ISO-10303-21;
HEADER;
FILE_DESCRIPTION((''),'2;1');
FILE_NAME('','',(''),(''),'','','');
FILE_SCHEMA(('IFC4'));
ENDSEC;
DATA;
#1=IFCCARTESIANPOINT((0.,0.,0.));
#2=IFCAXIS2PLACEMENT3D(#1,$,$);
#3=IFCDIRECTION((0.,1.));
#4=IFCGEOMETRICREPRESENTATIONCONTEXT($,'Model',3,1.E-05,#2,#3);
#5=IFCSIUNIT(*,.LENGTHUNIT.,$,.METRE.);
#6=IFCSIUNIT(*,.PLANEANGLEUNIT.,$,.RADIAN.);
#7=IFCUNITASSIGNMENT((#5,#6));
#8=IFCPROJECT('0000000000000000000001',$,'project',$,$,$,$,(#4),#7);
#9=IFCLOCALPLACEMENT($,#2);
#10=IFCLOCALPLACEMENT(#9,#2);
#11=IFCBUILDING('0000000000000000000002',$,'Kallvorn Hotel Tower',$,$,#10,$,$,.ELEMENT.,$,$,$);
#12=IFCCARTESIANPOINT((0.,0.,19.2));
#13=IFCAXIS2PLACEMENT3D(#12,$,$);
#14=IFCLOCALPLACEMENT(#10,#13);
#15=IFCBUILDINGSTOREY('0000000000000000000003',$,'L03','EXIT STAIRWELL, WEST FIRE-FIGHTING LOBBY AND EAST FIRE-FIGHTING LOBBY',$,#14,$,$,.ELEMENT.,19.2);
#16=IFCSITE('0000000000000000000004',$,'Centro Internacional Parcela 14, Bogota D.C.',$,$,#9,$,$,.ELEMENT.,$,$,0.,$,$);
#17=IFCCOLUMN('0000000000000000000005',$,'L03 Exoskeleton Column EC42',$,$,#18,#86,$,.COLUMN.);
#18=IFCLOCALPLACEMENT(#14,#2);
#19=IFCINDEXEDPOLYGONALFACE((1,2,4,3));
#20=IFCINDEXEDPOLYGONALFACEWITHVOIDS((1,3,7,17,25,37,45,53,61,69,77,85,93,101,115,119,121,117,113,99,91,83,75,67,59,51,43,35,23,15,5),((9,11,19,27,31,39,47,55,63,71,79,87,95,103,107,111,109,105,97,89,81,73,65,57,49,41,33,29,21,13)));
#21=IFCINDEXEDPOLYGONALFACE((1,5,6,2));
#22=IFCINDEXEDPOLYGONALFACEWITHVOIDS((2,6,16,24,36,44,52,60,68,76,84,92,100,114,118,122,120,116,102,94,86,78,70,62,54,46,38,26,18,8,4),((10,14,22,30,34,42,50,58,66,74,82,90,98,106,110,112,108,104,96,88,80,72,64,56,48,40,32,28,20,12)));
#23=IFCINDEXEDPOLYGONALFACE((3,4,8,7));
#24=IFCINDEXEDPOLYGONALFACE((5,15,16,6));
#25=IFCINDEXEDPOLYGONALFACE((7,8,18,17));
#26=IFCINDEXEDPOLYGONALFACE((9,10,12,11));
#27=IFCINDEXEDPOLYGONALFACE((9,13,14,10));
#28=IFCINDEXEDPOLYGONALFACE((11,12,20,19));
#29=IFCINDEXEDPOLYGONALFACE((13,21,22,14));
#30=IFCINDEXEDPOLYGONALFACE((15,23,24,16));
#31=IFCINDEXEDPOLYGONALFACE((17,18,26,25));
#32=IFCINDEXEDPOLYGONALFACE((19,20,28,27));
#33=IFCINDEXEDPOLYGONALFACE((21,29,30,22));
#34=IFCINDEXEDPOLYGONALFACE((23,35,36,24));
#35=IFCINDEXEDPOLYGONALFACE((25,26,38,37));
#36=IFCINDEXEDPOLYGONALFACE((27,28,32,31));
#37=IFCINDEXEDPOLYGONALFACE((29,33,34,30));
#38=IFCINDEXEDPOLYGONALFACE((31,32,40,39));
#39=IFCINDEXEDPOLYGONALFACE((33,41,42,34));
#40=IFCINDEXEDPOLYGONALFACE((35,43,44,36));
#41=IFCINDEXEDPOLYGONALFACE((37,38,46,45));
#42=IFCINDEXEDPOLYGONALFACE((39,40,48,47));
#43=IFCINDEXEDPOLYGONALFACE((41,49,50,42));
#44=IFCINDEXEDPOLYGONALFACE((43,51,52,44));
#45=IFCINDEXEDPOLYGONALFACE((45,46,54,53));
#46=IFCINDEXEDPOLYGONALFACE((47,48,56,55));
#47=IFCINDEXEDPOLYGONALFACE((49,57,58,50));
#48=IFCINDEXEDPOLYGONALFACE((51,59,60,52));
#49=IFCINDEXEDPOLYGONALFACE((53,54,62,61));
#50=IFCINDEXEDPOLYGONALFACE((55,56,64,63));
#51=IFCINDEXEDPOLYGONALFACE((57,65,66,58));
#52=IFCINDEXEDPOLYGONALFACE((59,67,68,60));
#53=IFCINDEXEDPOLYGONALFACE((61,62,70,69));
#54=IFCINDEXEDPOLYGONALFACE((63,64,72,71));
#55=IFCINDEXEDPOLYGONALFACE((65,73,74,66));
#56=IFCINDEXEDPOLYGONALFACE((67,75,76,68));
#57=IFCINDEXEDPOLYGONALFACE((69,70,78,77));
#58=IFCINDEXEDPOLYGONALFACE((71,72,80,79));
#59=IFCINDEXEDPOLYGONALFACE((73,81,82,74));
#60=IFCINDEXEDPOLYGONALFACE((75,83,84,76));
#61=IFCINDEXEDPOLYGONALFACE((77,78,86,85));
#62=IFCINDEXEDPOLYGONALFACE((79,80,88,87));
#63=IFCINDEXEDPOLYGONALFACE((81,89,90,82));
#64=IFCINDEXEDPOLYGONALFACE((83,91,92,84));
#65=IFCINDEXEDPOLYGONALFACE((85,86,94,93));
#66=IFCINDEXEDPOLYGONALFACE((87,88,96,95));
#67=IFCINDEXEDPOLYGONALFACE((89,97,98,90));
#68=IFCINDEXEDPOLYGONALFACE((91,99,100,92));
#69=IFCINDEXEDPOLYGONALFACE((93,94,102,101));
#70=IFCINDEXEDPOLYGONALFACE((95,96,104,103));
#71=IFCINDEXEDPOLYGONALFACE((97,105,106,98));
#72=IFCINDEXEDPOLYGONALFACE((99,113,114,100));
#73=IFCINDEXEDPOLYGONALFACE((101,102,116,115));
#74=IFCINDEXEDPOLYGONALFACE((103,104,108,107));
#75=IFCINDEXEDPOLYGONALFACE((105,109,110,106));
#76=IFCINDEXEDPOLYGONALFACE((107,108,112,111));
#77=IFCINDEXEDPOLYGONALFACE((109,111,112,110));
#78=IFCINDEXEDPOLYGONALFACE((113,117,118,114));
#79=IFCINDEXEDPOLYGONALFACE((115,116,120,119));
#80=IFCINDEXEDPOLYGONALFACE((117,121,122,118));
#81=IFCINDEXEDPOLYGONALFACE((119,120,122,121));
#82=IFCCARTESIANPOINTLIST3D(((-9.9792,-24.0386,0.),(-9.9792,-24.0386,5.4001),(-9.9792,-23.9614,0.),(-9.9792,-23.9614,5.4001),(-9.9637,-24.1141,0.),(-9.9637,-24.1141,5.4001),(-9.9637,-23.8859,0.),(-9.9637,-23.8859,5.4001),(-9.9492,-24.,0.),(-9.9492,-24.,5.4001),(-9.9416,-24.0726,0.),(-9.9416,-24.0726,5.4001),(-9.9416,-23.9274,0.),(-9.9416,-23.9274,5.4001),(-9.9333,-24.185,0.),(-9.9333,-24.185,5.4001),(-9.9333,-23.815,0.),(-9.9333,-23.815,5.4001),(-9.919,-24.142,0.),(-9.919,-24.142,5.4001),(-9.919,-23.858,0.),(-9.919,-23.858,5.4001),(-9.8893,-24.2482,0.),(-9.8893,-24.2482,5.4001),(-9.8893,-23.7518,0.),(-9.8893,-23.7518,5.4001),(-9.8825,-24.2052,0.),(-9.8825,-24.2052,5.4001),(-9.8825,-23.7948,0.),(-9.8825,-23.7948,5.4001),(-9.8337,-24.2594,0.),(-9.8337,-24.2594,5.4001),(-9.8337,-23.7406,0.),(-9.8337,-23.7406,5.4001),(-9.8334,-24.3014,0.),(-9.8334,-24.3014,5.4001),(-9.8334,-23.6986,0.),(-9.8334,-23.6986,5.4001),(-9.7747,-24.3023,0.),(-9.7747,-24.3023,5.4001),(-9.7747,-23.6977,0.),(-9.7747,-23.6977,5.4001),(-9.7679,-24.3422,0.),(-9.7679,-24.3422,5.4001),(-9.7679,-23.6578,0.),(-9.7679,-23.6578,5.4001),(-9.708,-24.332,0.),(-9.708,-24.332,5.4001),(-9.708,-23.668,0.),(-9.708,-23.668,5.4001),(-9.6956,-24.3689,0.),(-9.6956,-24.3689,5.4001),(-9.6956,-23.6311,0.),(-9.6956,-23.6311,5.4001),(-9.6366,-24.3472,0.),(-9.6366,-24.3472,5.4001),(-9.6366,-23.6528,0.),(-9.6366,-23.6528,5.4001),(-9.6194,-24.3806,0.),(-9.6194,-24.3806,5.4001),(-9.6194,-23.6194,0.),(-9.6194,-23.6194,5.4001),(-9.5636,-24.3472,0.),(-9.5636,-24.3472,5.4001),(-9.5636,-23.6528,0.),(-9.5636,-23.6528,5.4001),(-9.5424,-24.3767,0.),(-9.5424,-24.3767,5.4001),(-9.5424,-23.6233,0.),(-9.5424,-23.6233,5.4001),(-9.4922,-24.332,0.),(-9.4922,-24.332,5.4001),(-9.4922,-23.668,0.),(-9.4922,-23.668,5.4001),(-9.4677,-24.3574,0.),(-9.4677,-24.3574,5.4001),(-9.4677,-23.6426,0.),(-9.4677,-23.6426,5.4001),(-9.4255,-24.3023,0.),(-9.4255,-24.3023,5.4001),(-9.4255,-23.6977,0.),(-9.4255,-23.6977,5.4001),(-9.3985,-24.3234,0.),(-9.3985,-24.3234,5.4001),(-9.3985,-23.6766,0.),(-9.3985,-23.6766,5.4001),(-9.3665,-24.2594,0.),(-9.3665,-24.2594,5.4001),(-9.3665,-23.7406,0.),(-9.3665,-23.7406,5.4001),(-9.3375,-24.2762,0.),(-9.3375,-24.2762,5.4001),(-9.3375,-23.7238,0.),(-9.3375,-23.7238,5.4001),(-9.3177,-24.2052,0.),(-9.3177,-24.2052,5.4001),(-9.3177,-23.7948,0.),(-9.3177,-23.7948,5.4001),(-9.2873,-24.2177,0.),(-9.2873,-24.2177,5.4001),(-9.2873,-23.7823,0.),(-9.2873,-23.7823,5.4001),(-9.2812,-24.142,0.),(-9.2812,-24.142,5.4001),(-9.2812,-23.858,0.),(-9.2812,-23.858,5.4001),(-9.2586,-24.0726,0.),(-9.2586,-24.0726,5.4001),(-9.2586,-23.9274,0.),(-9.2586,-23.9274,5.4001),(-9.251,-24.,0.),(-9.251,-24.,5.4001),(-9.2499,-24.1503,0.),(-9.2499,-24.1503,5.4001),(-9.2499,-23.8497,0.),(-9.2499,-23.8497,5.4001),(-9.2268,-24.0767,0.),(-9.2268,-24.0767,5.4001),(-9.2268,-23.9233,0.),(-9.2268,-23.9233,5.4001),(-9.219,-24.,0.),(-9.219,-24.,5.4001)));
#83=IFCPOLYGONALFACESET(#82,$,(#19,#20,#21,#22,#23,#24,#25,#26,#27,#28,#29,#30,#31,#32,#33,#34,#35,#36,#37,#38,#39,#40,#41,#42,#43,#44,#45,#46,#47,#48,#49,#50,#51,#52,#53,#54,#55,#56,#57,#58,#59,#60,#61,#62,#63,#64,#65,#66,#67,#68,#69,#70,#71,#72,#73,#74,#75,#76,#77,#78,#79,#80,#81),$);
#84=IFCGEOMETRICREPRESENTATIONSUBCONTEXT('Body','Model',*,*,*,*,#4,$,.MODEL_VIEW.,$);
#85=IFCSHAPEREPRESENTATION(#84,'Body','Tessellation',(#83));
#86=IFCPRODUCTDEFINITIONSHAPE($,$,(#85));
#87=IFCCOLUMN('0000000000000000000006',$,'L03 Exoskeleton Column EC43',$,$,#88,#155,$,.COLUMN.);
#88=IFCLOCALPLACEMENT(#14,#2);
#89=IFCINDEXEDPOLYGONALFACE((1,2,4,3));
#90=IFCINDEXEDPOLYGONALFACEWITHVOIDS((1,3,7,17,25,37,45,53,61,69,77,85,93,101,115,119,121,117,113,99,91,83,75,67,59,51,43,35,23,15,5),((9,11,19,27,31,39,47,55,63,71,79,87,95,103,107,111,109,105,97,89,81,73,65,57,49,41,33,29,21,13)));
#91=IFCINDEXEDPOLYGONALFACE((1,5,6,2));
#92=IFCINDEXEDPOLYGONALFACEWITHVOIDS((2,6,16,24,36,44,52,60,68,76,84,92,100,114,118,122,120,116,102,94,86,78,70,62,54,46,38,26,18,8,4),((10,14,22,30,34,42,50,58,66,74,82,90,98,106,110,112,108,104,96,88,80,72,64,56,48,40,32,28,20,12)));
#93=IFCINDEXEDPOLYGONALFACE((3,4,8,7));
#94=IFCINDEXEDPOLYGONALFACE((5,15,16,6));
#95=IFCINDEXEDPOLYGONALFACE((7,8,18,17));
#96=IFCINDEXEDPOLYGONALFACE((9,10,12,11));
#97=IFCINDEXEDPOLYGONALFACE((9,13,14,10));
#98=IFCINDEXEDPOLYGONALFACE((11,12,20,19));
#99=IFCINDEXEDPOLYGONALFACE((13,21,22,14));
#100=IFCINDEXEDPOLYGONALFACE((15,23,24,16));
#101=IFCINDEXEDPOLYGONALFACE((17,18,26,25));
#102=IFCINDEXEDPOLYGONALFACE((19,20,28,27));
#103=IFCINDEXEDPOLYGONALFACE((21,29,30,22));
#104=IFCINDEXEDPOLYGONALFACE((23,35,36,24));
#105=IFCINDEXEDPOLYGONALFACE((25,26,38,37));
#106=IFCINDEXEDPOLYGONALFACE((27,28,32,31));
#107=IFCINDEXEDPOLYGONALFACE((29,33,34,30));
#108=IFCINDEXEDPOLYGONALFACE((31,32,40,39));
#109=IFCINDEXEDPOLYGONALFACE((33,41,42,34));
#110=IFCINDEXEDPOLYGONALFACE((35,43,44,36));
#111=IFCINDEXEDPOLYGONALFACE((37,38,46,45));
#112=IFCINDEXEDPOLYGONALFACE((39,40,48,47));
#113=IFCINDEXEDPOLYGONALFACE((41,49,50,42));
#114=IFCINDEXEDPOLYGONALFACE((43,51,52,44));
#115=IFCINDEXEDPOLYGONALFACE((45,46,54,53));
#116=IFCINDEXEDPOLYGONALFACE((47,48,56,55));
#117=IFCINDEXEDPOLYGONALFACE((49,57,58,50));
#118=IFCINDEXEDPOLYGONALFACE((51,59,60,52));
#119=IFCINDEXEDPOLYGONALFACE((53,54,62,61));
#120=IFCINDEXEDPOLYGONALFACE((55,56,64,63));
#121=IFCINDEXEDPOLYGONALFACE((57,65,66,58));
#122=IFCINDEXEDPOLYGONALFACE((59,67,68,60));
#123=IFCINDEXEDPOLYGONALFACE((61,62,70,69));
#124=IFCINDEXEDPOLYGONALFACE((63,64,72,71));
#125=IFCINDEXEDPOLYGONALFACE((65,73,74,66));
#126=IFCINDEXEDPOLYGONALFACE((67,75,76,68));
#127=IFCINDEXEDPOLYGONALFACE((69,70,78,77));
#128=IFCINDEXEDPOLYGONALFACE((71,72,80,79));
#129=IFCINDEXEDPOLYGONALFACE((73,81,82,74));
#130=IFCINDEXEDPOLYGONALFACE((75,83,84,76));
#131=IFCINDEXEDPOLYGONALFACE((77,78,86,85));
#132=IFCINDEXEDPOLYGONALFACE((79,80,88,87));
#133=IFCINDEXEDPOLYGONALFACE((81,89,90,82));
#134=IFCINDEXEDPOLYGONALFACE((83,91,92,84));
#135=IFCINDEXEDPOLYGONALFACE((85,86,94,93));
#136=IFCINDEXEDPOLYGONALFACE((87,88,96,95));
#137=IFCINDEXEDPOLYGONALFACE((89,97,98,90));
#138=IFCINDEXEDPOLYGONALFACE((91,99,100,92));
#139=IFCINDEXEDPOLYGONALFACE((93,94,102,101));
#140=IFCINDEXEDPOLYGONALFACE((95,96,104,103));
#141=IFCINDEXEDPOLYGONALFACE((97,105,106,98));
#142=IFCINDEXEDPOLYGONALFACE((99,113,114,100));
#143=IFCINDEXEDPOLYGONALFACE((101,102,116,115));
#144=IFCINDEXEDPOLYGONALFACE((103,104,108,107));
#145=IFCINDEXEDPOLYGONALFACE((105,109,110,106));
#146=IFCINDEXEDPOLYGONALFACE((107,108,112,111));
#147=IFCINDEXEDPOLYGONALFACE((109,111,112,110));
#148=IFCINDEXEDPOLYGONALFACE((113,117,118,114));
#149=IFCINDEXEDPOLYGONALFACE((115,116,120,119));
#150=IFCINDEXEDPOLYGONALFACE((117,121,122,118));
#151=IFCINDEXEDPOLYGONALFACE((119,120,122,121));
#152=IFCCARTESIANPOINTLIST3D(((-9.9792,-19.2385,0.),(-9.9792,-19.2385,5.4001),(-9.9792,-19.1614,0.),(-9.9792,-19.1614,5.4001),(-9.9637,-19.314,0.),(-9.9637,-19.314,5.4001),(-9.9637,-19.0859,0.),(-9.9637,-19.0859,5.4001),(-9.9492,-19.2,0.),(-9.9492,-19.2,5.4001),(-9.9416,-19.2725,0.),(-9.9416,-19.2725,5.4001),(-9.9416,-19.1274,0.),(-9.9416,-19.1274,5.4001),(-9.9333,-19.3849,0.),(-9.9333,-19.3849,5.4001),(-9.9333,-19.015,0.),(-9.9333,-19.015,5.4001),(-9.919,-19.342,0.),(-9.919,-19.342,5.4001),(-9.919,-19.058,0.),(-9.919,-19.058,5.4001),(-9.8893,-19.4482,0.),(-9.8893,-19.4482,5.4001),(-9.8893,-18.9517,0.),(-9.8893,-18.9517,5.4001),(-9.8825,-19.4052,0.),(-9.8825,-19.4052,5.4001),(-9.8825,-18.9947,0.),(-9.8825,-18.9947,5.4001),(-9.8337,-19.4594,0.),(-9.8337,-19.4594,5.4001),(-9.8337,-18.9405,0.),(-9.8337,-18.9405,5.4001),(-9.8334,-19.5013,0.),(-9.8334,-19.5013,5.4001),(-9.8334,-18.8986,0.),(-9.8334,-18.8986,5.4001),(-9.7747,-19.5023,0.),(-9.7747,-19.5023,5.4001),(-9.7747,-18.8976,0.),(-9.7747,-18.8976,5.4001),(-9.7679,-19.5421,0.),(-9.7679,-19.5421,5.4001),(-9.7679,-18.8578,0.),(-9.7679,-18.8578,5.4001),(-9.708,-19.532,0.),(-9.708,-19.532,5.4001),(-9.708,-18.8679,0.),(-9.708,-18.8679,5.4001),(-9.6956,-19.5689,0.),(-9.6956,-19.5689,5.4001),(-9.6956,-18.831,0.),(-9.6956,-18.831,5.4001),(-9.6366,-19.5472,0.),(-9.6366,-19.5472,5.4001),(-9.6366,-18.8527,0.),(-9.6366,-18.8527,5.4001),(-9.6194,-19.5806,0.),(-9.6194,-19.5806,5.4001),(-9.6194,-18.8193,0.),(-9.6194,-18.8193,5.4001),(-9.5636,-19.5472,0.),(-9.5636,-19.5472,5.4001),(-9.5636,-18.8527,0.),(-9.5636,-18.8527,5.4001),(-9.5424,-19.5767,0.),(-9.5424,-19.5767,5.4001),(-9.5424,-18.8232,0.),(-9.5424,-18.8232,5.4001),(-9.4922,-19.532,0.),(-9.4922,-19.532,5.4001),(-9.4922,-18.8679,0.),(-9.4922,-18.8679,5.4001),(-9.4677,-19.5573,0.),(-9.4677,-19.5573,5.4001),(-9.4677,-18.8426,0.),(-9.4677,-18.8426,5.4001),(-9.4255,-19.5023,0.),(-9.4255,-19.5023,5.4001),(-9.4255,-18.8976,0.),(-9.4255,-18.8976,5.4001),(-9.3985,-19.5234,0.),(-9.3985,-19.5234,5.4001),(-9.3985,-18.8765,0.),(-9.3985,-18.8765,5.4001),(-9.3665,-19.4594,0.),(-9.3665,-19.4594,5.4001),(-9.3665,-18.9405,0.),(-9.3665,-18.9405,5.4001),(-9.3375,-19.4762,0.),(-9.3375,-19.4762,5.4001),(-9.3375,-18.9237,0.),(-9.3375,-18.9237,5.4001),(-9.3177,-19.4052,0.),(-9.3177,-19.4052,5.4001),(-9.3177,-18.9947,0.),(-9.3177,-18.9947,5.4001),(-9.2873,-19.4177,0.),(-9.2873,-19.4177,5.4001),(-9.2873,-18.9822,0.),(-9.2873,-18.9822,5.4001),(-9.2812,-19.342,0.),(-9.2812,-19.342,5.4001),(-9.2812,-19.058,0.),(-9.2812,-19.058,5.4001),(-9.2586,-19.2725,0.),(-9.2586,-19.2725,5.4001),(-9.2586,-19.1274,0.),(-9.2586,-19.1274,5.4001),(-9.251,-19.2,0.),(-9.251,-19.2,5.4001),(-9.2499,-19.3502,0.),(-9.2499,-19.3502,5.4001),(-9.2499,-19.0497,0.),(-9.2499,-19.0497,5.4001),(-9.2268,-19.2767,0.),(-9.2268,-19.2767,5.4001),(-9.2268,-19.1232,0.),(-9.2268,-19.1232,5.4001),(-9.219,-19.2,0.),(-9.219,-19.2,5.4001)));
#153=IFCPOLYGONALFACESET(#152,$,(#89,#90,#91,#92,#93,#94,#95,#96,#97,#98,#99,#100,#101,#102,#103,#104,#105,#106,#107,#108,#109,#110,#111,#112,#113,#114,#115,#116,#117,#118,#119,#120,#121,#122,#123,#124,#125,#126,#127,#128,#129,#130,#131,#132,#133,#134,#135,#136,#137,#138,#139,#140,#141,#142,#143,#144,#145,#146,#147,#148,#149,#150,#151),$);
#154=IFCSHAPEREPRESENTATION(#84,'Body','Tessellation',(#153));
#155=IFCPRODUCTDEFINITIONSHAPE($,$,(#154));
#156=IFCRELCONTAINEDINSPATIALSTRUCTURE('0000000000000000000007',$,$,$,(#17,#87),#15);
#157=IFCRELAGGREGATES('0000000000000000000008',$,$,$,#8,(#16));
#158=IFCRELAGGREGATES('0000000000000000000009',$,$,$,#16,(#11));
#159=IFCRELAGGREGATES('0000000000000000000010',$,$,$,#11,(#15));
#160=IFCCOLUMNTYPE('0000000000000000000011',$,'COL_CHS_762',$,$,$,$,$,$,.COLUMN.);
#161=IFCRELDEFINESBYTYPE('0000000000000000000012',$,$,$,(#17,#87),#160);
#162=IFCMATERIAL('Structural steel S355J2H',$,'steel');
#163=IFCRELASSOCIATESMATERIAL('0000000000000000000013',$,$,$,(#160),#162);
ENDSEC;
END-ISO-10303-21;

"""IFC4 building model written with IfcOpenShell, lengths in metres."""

from ifc_helpers import new_model, si_unit, direction, frame, origin, origin_2d, place, context, subcontext, project, spatial, hollow_circle, extrude, material, material_profile, profile_set, type_object, element, save


model = new_model("IFC4")

# Units and contexts
model_context = context("Model", 3, precision=1e-05, world=origin(), true_north=direction((0.0, 1.0)))
body_context = subcontext(model_context, "Body", "Model", "MODEL_VIEW")
ifc_project = project(units=[si_unit("LENGTHUNIT", "METRE"), si_unit("PLANEANGLEUNIT", "RADIAN")], contexts=[model_context])

# Site, building, storey
site_placement = place(None, origin())
site = spatial("IfcSite", under=ifc_project, at=site_placement, Name="Centro Internacional Parcela 14, Bogota D.C.", CompositionType="ELEMENT", RefElevation=0.0)
building_placement = place(site_placement, origin())
building = spatial("IfcBuilding", under=site, at=building_placement, Name="Kallvorn Hotel Tower", CompositionType="ELEMENT")
storey_placement = place(building_placement, frame((0.0, 0.0, 19.2)))
storey = spatial("IfcBuildingStorey", under=building, at=storey_placement, Name="L03", Description="EXIT STAIRWELL, WEST FIRE-FIGHTING LOBBY AND EAST FIRE-FIGHTING LOBBY", CompositionType="ELEMENT", Elevation=19.2)

# Columns
ifc_material_1 = material(Name="Structural steel S355J2H", Category="steel")
ifc_material_profile_1 = material_profile(ifc_material_1, hollow_circle(Radius=0.3811, WallThickness=0.032, at=origin_2d()), Name="CHS 762x32")
ifc_profile_set_1 = profile_set([ifc_material_profile_1], Name="Structural steel S355J2H")
column_type_1 = type_object("IfcColumnType", Name="COL_CHS_762", PredefinedType="COLUMN", material=ifc_profile_set_1)
for number, where, z_axis, x_axis, name in (
    (1, (-9.6001, -24.0, 0.0), (0.0, 0.0, 1.0), (1.0, 0.0, 0.0), "L03 Exoskeleton Column EC42"),
    (2, (-9.6001, -19.2, 0.0), (0.0, 0.0, 1.0), (1.0, 0.0, 0.0), "L03 Exoskeleton Column EC43"),
):
    element("IfcColumn", number, at=place(storey_placement, frame(where, z_axis=z_axis, x_axis=x_axis)), inside=storey, type_object=column_type_1, Name=name, PredefinedType="COLUMN", context=body_context, shape_type="SweptSolid", body=[
        extrude(hollow_circle(Radius=0.3811, WallThickness=0.032, at=origin_2d()), origin(), (0.0, 0.0, 1.0), 5.4001),
    ])

save(model, "model.ifc")
